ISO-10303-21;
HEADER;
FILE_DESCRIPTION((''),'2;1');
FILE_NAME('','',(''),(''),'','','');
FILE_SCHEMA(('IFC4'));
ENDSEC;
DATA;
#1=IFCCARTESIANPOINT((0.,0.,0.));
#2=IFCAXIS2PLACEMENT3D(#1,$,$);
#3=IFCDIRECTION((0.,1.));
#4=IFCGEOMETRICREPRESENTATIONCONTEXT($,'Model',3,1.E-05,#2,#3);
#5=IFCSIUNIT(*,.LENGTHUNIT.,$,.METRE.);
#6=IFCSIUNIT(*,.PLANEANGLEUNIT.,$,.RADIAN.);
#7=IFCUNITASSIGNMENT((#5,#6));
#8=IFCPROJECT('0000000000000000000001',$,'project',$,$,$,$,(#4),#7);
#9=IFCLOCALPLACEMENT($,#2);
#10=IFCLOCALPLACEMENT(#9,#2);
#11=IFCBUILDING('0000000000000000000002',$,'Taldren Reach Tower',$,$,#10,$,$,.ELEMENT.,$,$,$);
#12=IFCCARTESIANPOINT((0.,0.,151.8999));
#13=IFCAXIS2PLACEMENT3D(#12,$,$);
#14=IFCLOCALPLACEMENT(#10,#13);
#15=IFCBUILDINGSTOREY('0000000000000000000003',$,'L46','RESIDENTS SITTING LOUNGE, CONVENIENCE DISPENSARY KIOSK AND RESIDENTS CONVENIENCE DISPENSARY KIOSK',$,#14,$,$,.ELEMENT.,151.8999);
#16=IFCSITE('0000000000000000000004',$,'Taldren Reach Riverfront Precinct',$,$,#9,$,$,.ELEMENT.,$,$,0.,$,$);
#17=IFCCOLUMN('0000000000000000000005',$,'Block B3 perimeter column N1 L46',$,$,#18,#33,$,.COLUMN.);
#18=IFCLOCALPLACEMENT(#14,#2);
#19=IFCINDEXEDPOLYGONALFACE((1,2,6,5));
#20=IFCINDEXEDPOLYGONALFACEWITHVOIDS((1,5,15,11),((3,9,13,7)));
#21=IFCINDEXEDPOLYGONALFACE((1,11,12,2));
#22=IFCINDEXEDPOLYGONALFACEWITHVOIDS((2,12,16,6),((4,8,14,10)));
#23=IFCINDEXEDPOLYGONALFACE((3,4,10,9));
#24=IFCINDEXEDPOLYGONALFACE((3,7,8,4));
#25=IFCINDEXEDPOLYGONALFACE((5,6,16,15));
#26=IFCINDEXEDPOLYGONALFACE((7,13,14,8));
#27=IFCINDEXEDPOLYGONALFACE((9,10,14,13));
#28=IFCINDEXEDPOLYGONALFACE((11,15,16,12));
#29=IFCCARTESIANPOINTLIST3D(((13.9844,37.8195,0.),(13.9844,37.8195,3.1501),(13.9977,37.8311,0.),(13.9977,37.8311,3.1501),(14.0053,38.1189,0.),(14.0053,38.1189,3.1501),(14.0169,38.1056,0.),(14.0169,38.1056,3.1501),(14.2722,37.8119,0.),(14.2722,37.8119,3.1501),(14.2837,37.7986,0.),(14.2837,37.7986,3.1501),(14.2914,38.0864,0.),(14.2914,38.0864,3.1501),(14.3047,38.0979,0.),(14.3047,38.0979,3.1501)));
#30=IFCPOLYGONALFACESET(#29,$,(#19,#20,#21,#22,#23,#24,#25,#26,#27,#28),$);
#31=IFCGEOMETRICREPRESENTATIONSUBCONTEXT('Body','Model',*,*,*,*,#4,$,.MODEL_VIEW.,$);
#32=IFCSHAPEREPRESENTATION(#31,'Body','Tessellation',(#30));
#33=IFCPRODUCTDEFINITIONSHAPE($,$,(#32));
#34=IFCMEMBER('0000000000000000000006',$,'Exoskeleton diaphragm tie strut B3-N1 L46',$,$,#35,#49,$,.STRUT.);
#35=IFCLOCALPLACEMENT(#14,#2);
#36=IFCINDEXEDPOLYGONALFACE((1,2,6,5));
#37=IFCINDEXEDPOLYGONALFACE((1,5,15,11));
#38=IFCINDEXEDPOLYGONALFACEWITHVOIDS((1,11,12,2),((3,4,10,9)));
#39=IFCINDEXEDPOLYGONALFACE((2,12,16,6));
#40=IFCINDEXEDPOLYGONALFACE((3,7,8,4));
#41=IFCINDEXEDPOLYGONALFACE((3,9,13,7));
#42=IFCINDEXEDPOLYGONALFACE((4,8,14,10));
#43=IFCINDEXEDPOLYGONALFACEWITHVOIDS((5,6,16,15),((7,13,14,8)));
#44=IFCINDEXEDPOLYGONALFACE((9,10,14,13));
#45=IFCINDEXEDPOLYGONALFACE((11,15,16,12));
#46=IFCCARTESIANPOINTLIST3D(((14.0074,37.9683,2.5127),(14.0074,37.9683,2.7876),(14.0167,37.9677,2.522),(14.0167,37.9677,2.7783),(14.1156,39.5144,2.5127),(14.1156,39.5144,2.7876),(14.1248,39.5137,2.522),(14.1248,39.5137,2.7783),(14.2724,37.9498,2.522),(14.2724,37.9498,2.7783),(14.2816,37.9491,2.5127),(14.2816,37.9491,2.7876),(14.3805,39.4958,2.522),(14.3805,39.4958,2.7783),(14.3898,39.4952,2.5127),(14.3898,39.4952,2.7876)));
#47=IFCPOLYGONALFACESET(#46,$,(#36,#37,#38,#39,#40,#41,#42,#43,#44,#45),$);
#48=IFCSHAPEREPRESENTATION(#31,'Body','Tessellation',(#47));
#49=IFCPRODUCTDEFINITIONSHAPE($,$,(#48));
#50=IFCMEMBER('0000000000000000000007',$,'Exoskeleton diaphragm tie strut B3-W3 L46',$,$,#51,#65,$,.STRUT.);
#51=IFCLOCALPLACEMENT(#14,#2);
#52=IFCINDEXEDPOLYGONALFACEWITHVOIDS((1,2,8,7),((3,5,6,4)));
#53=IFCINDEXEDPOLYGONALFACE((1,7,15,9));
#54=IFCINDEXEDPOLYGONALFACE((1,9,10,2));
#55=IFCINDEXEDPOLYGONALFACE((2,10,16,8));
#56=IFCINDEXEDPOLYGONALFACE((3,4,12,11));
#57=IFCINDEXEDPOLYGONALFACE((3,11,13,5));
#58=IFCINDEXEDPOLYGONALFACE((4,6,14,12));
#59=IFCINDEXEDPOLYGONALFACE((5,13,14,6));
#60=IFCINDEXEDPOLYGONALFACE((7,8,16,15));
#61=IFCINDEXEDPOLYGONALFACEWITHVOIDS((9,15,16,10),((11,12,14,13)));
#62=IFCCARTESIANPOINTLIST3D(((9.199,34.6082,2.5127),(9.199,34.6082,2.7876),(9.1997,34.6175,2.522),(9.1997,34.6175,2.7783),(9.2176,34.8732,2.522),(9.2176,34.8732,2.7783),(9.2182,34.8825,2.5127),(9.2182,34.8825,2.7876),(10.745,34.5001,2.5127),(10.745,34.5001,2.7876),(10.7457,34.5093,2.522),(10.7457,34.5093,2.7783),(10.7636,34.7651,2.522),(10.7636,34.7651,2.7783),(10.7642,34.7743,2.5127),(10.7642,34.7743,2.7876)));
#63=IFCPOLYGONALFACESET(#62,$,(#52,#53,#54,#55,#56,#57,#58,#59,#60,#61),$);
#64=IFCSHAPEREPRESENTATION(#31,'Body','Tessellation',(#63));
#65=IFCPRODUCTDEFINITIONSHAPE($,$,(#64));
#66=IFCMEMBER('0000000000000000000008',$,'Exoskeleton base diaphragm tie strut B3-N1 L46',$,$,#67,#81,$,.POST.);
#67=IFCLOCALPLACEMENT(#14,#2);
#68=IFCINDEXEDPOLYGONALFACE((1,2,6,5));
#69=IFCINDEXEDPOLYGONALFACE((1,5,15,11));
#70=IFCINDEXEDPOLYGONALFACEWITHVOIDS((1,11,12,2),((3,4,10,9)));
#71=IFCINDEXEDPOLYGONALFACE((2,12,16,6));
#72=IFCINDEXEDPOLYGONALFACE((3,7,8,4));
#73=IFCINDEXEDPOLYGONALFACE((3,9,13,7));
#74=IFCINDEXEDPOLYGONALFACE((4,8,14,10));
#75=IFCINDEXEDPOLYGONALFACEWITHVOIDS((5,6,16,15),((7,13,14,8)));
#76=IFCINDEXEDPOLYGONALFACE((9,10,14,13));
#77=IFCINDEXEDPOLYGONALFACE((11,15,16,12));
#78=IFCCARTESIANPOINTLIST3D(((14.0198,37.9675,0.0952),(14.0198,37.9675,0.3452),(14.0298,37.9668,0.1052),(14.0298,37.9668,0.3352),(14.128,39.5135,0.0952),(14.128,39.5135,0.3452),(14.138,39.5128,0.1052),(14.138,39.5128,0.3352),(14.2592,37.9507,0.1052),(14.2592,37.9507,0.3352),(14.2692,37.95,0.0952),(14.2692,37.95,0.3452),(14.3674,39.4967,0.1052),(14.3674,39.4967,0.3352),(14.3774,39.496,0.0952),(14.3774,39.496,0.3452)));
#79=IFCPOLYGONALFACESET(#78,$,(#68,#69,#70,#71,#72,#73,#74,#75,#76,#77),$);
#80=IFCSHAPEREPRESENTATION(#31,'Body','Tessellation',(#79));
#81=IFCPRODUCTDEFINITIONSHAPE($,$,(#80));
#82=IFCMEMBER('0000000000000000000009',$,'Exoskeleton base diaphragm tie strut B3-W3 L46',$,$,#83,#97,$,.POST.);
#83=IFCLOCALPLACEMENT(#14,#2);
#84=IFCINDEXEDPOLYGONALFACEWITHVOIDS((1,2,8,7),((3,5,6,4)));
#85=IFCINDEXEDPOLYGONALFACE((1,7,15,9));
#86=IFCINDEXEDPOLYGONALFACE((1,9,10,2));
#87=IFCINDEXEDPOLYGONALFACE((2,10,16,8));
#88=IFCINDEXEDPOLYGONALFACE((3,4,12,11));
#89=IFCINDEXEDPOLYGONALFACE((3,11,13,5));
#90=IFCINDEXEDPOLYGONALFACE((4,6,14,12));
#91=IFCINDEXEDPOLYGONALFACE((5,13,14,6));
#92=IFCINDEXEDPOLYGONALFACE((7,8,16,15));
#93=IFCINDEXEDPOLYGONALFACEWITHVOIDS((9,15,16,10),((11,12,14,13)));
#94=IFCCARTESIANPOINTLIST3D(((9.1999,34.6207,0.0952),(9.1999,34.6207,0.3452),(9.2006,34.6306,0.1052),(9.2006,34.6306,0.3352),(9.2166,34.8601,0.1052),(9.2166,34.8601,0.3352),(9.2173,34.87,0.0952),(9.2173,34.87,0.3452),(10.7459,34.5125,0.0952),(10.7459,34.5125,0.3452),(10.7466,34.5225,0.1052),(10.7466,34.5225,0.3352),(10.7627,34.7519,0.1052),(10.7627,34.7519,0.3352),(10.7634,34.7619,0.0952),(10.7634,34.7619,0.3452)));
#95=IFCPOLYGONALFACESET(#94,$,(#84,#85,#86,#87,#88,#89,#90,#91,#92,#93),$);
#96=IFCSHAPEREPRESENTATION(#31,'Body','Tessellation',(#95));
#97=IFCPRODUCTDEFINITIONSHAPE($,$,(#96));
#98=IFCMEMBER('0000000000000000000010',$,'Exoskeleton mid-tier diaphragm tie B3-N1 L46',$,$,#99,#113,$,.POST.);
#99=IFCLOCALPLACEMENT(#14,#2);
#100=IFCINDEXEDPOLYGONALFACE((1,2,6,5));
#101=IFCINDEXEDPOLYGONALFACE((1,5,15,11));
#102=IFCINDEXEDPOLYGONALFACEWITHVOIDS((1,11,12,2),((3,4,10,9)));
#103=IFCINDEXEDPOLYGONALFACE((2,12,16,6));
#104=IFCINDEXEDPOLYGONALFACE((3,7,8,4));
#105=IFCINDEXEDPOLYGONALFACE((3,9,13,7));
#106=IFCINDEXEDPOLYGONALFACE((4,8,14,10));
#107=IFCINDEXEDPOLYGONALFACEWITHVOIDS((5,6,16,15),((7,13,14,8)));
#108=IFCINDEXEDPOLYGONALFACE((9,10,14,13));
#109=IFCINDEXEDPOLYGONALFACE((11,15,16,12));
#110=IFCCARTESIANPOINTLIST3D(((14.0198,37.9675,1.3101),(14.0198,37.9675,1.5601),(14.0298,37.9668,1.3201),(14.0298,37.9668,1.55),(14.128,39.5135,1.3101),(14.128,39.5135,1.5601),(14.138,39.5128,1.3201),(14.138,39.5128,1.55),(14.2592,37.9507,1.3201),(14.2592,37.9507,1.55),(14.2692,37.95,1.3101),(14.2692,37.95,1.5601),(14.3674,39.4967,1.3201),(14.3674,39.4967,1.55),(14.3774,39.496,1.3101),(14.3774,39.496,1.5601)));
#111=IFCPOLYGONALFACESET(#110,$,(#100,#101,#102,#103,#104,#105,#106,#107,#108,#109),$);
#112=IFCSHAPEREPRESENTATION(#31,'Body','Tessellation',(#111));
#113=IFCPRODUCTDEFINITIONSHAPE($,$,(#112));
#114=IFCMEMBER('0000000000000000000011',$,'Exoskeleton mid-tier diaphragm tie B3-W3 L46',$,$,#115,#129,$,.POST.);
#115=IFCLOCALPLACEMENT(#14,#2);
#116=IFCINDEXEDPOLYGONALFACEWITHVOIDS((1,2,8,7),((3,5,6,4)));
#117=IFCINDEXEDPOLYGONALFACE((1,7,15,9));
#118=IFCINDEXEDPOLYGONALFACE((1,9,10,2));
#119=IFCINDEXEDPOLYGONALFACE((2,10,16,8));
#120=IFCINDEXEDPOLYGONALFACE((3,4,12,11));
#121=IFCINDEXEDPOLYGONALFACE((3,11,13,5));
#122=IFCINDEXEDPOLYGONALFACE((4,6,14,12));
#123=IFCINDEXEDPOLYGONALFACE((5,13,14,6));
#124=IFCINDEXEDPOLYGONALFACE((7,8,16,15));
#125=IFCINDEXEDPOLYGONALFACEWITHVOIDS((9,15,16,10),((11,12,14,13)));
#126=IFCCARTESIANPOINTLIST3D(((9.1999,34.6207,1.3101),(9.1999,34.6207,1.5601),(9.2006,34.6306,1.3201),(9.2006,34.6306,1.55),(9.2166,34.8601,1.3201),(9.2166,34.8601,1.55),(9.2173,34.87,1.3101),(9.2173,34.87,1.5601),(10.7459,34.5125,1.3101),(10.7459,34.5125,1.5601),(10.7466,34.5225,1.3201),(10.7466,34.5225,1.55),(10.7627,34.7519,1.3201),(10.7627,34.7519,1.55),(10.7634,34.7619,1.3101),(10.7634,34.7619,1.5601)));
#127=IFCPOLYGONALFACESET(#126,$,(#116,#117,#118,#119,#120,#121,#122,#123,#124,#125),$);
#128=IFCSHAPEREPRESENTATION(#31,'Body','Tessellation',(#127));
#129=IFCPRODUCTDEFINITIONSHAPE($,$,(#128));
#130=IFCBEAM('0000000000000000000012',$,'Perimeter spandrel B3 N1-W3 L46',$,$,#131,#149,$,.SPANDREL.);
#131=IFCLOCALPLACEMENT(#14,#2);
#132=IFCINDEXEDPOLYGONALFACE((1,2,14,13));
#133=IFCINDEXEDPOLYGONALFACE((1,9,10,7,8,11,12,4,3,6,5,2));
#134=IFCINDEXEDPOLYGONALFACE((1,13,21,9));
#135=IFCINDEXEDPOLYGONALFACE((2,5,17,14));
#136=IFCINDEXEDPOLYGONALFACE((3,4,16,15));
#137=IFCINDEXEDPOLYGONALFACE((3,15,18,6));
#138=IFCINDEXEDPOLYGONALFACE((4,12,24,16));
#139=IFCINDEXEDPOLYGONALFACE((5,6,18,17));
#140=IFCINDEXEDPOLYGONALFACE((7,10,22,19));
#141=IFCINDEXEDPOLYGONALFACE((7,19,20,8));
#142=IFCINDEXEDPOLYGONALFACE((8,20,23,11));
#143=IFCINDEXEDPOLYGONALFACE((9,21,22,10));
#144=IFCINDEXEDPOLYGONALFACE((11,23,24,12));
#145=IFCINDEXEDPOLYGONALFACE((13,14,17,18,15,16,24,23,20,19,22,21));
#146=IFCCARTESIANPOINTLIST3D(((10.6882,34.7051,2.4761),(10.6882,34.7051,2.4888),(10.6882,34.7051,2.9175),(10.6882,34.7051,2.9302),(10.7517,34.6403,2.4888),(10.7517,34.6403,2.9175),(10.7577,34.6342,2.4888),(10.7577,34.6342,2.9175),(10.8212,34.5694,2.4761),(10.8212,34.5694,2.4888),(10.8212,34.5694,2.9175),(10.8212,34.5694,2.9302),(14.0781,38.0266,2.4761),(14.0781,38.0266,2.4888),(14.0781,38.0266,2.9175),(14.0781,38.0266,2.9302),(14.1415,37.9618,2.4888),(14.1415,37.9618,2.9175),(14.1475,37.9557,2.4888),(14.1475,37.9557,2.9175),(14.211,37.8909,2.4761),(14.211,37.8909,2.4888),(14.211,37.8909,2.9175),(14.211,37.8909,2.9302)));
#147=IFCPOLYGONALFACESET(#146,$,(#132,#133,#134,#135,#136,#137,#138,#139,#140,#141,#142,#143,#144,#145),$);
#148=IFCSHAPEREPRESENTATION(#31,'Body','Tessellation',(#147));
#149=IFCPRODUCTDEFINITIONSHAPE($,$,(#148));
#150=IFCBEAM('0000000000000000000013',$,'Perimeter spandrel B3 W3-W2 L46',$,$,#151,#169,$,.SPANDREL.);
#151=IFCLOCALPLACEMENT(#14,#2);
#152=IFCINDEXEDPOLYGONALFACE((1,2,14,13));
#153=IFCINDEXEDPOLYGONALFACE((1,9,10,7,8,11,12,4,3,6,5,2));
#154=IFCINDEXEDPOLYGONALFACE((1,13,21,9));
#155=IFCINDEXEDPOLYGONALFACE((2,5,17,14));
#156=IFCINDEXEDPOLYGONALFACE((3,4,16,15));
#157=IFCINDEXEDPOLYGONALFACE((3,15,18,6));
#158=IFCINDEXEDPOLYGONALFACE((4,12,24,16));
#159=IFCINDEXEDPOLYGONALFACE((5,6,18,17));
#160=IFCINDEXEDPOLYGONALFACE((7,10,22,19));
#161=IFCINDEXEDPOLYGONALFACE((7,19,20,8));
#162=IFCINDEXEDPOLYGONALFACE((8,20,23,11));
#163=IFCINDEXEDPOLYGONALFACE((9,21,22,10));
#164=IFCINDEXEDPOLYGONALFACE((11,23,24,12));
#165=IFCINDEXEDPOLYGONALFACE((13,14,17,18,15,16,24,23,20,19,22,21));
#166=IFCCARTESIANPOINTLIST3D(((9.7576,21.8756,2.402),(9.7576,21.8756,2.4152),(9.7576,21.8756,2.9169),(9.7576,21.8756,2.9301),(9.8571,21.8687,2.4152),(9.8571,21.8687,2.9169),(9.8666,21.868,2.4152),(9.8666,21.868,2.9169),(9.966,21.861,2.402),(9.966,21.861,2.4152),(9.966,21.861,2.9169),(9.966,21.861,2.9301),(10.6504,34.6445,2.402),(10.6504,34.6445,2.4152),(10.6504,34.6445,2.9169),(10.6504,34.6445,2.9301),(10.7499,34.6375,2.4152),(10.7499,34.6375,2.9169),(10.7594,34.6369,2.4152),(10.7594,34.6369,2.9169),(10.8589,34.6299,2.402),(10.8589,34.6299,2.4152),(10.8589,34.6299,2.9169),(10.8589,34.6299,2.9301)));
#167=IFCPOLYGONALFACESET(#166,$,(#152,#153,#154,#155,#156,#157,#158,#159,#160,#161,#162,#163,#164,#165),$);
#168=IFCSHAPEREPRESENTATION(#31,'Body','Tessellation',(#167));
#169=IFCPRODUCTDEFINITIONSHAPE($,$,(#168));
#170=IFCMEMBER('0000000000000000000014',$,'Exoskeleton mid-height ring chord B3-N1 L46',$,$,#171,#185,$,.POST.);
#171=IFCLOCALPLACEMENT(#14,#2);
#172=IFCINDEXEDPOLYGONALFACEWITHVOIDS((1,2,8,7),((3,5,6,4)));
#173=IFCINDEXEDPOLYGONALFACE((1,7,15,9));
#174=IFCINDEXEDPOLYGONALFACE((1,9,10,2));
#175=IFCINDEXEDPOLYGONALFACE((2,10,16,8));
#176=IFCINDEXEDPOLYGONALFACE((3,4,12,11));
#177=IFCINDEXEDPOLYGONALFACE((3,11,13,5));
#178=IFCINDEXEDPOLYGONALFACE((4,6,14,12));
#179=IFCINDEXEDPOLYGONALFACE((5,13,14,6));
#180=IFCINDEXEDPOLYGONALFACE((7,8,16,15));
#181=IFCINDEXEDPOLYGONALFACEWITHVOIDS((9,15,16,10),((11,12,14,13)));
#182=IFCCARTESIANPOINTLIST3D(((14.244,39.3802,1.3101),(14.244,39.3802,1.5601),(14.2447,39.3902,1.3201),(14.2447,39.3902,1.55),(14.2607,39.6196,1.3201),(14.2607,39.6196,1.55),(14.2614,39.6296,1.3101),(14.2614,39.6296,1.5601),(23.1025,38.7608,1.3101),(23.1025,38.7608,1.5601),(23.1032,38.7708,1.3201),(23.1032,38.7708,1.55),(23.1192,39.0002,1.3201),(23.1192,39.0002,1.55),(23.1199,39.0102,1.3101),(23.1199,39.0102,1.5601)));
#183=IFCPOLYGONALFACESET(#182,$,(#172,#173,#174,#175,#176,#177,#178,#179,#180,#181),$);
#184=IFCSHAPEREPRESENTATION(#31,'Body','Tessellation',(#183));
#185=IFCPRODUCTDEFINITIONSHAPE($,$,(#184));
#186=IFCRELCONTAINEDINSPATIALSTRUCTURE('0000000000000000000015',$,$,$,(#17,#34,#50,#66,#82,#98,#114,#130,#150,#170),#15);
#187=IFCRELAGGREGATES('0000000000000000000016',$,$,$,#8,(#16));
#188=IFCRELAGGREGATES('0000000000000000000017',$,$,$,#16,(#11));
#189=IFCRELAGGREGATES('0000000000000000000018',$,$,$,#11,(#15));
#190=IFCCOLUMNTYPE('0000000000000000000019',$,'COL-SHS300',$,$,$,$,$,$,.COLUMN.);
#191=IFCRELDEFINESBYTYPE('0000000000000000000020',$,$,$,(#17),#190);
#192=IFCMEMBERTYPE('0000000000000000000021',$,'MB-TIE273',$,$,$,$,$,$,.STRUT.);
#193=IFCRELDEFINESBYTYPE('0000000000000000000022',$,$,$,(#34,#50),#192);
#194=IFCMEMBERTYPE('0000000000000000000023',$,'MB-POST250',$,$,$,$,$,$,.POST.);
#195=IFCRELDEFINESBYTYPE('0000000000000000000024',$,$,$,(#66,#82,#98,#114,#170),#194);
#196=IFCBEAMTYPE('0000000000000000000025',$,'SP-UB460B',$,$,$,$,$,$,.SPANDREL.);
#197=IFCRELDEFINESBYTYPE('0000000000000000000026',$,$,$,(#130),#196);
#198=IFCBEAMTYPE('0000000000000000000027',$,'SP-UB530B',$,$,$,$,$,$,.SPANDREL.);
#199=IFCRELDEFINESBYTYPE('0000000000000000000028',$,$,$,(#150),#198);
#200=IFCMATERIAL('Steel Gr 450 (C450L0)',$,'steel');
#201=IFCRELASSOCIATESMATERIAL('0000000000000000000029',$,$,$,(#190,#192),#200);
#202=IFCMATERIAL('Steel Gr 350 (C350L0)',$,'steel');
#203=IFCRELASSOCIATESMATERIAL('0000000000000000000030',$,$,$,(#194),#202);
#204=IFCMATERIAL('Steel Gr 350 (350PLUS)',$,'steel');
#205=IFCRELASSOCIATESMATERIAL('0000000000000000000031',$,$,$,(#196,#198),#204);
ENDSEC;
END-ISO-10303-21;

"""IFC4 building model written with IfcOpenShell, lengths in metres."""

from ifc_helpers import new_model, si_unit, direction, frame, origin, origin_2d, place, context, subcontext, project, spatial, hollow_rectangle, i_section, extrude, source, transform, mapped, material, material_profile, profile_set, type_object, element, save


model = new_model("IFC4")

# Units and contexts
model_context = context("Model", 3, precision=1e-05, world=origin(), true_north=direction((0.0, 1.0)))
body_context = subcontext(model_context, "Body", "Model", "MODEL_VIEW")
ifc_project = project(units=[si_unit("LENGTHUNIT", "METRE"), si_unit("PLANEANGLEUNIT", "RADIAN")], contexts=[model_context])

# Site, building, storey
site_placement = place(None, origin())
site = spatial("IfcSite", under=ifc_project, at=site_placement, Name="Taldren Reach Riverfront Precinct", CompositionType="ELEMENT", RefElevation=0.0)
building_placement = place(site_placement, origin())
building = spatial("IfcBuilding", under=site, at=building_placement, Name="Taldren Reach Tower", CompositionType="ELEMENT")
storey_placement = place(building_placement, frame((0.0, 0.0, 151.8999)))
storey = spatial("IfcBuildingStorey", under=building, at=storey_placement, Name="L46", Description="RESIDENTS SITTING LOUNGE, CONVENIENCE DISPENSARY KIOSK AND RESIDENTS CONVENIENCE DISPENSARY KIOSK", CompositionType="ELEMENT", Elevation=151.8999)

# Column
ifc_material_1 = material(Name="Steel Gr 450 (C450L0)", Category="steel")
ifc_material_profile_1 = material_profile(ifc_material_1, hollow_rectangle(XDim=0.3, YDim=0.3, WallThickness=0.0125, at=origin_2d()), Name="300x300x12.5SHS")
ifc_profile_set_1 = profile_set([ifc_material_profile_1], Name="Steel Gr 450 (C450L0)")
column_type = type_object("IfcColumnType", Name="COL-SHS300", PredefinedType="COLUMN", material=ifc_profile_set_1)
shared_shape_1 = source(origin(), body_context, "Body", "SweptSolid", [
    extrude(hollow_rectangle(XDim=0.3, YDim=0.3, WallThickness=0.0125, at=origin_2d()), origin(), (0.0, 0.0, 1.0), 3.1501),
])
column_placement = place(storey_placement, frame((14.1445, 37.9587, 0.0), z_axis=(0.0, 0.0, 1.0), x_axis=(0.997564, -0.069756, 0.0)))
element("IfcColumn", 1, at=column_placement, inside=storey, type_object=column_type, Name="Block B3 perimeter column N1 L46", PredefinedType="COLUMN", context=body_context, shape_type="MappedRepresentation", body=[
    mapped(shared_shape_1, transform((0.0, 0.0, 0.0), scale=1.0)),
])

# Members
ifc_material_profile_2 = material_profile(ifc_material_1, hollow_rectangle(XDim=0.2749, YDim=0.2749, WallThickness=0.0093, at=origin_2d()), Name="275x275x9.3SHS")
ifc_profile_set_2 = profile_set([ifc_material_profile_2], Name="Steel Gr 450 (C450L0)")
member_type_1 = type_object("IfcMemberType", Name="MB-TIE273", PredefinedType="STRUT", material=ifc_profile_set_2)
shared_shape_2 = source(origin(), body_context, "Body", "SweptSolid", [
    extrude(hollow_rectangle(XDim=0.2749, YDim=0.2749, WallThickness=0.0093, at=origin_2d()), origin(), (0.0, 0.0, 1.0), 1.5498),
])
for number, where, z_axis, x_axis, name in (
    (2, (14.1445, 37.9587, 2.6501), (0.069781, 0.997562, 0.0), (-0.997562, 0.069781, 0.0), "Exoskeleton diaphragm tie strut B3-N1 L46"),
    (3, (10.7546, 34.6372, 2.6501), (-0.997562, 0.069781, 0.0), (-0.069781, -0.997562, 0.0), "Exoskeleton diaphragm tie strut B3-W3 L46"),
):
    element("IfcMember", number, at=place(storey_placement, frame(where, z_axis=z_axis, x_axis=x_axis)), inside=storey, type_object=member_type_1, Name=name, PredefinedType="STRUT", context=body_context, shape_type="MappedRepresentation", body=[
        mapped(shared_shape_2, transform((0.0, 0.0, 0.0), scale=1.0)),
    ])
ifc_material_2 = material(Name="Steel Gr 350 (C350L0)", Category="steel")
ifc_material_profile_3 = material_profile(ifc_material_2, hollow_rectangle(XDim=0.25, YDim=0.25, WallThickness=0.01, at=origin_2d()), Name="250x250x10.0SHS")
ifc_profile_set_3 = profile_set([ifc_material_profile_3], Name="Steel Gr 350 (C350L0)")
member_type_2 = type_object("IfcMemberType", Name="MB-POST250", PredefinedType="POST", material=ifc_profile_set_3)
shared_shape_3 = source(origin(), body_context, "Body", "SweptSolid", [
    extrude(hollow_rectangle(XDim=0.25, YDim=0.25, WallThickness=0.01, at=origin_2d()), origin(), (0.0, 0.0, 1.0), 1.5498),
])
for number, where, z_axis, x_axis, name in (
    (4, (14.1445, 37.9587, 0.2202), (0.069781, 0.997562, 0.0), (-0.997562, 0.069781, 0.0), "Exoskeleton base diaphragm tie strut B3-N1 L46"),
    (5, (10.7546, 34.6372, 0.2202), (-0.997562, 0.069781, 0.0), (-0.069781, -0.997562, 0.0), "Exoskeleton base diaphragm tie strut B3-W3 L46"),
    (6, (14.1445, 37.9587, 1.4351), (0.069781, 0.997562, 0.0), (-0.997562, 0.069781, 0.0), "Exoskeleton mid-tier diaphragm tie B3-N1 L46"),
    (7, (10.7546, 34.6372, 1.4351), (-0.997562, 0.069781, 0.0), (-0.069781, -0.997562, 0.0), "Exoskeleton mid-tier diaphragm tie B3-W3 L46"),
):
    element("IfcMember", number, at=place(storey_placement, frame(where, z_axis=z_axis, x_axis=x_axis)), inside=storey, type_object=member_type_2, Name=name, PredefinedType="POST", context=body_context, shape_type="MappedRepresentation", body=[
        mapped(shared_shape_3, transform((0.0, 0.0, 0.0), scale=1.0)),
    ])

# Beams
ifc_material_3 = material(Name="Steel Gr 350 (350PLUS)", Category="steel")
ifc_material_profile_4 = material_profile(ifc_material_3, i_section(OverallWidth=0.1899, OverallDepth=0.4541, WebThickness=0.0085, FlangeThickness=0.0127, at=origin_2d()), Name="460UB67.1")
ifc_profile_set_4 = profile_set([ifc_material_profile_4], Name="Steel Gr 350 (350PLUS)")
beam_type_1 = type_object("IfcBeamType", Name="SP-UB460B", PredefinedType="SPANDREL", material=ifc_profile_set_4)
shared_shape_4 = source(origin(), body_context, "Body", "SweptSolid", [
    extrude(i_section(OverallWidth=0.1899, OverallDepth=0.4541, WebThickness=0.0085, FlangeThickness=0.0127, at=origin_2d()), origin(), (0.0, 0.0, 1.0), 4.7458),
])
beam_1_placement = place(storey_placement, frame((14.1445, 37.9587, 2.7031), z_axis=(-0.714272, -0.699868, 0.0), x_axis=(0.699868, -0.714272, 0.0)))
element("IfcBeam", 8, at=beam_1_placement, inside=storey, type_object=beam_type_1, Name="Perimeter spandrel B3 N1-W3 L46", PredefinedType="SPANDREL", context=body_context, shape_type="MappedRepresentation", body=[
    mapped(shared_shape_4, transform((0.0, 0.0, 0.0), scale=1.0)),
])
ifc_material_profile_5 = material_profile(ifc_material_3, i_section(OverallWidth=0.209, OverallDepth=0.5281, WebThickness=0.0095, FlangeThickness=0.0132, at=origin_2d()), Name="530UB82.0")
ifc_profile_set_5 = profile_set([ifc_material_profile_5], Name="Steel Gr 350 (350PLUS)")
beam_type_2 = type_object("IfcBeamType", Name="SP-UB530B", PredefinedType="SPANDREL", material=ifc_profile_set_5)
shared_shape_5 = source(origin(), body_context, "Body", "SweptSolid", [
    extrude(i_section(OverallWidth=0.209, OverallDepth=0.5281, WebThickness=0.0095, FlangeThickness=0.0132, at=origin_2d()), origin(), (0.0, 0.0, 1.0), 12.8),
])
beam_2_placement = place(storey_placement, frame((10.7546, 34.6372, 2.666), z_axis=(-0.069752, -0.997564, 0.0), x_axis=(0.997564, -0.069752, 0.0)))
element("IfcBeam", 9, at=beam_2_placement, inside=storey, type_object=beam_type_2, Name="Perimeter spandrel B3 W3-W2 L46", PredefinedType="SPANDREL", context=body_context, shape_type="MappedRepresentation", body=[
    mapped(shared_shape_5, transform((0.0, 0.0, 0.0), scale=1.0)),
])

# Member
shared_shape_6 = source(origin(), body_context, "Body", "SweptSolid", [
    extrude(hollow_rectangle(XDim=0.25, YDim=0.25, WallThickness=0.01, at=origin_2d()), origin(), (0.0, 0.0, 1.0), 8.8801),
])
member_1_placement = place(storey_placement, frame((14.2527, 39.5049, 1.4351), z_axis=(0.997564, -0.06975, 0.0), x_axis=(0.06975, 0.997564, 0.0)))
element("IfcMember", 10, at=member_1_placement, inside=storey, type_object=member_type_2, Name="Exoskeleton mid-height ring chord B3-N1 L46", PredefinedType="POST", context=body_context, shape_type="MappedRepresentation", body=[
    mapped(shared_shape_6, transform((0.0, 0.0, 0.0), scale=1.0)),
])

save(model, "model.ifc")
